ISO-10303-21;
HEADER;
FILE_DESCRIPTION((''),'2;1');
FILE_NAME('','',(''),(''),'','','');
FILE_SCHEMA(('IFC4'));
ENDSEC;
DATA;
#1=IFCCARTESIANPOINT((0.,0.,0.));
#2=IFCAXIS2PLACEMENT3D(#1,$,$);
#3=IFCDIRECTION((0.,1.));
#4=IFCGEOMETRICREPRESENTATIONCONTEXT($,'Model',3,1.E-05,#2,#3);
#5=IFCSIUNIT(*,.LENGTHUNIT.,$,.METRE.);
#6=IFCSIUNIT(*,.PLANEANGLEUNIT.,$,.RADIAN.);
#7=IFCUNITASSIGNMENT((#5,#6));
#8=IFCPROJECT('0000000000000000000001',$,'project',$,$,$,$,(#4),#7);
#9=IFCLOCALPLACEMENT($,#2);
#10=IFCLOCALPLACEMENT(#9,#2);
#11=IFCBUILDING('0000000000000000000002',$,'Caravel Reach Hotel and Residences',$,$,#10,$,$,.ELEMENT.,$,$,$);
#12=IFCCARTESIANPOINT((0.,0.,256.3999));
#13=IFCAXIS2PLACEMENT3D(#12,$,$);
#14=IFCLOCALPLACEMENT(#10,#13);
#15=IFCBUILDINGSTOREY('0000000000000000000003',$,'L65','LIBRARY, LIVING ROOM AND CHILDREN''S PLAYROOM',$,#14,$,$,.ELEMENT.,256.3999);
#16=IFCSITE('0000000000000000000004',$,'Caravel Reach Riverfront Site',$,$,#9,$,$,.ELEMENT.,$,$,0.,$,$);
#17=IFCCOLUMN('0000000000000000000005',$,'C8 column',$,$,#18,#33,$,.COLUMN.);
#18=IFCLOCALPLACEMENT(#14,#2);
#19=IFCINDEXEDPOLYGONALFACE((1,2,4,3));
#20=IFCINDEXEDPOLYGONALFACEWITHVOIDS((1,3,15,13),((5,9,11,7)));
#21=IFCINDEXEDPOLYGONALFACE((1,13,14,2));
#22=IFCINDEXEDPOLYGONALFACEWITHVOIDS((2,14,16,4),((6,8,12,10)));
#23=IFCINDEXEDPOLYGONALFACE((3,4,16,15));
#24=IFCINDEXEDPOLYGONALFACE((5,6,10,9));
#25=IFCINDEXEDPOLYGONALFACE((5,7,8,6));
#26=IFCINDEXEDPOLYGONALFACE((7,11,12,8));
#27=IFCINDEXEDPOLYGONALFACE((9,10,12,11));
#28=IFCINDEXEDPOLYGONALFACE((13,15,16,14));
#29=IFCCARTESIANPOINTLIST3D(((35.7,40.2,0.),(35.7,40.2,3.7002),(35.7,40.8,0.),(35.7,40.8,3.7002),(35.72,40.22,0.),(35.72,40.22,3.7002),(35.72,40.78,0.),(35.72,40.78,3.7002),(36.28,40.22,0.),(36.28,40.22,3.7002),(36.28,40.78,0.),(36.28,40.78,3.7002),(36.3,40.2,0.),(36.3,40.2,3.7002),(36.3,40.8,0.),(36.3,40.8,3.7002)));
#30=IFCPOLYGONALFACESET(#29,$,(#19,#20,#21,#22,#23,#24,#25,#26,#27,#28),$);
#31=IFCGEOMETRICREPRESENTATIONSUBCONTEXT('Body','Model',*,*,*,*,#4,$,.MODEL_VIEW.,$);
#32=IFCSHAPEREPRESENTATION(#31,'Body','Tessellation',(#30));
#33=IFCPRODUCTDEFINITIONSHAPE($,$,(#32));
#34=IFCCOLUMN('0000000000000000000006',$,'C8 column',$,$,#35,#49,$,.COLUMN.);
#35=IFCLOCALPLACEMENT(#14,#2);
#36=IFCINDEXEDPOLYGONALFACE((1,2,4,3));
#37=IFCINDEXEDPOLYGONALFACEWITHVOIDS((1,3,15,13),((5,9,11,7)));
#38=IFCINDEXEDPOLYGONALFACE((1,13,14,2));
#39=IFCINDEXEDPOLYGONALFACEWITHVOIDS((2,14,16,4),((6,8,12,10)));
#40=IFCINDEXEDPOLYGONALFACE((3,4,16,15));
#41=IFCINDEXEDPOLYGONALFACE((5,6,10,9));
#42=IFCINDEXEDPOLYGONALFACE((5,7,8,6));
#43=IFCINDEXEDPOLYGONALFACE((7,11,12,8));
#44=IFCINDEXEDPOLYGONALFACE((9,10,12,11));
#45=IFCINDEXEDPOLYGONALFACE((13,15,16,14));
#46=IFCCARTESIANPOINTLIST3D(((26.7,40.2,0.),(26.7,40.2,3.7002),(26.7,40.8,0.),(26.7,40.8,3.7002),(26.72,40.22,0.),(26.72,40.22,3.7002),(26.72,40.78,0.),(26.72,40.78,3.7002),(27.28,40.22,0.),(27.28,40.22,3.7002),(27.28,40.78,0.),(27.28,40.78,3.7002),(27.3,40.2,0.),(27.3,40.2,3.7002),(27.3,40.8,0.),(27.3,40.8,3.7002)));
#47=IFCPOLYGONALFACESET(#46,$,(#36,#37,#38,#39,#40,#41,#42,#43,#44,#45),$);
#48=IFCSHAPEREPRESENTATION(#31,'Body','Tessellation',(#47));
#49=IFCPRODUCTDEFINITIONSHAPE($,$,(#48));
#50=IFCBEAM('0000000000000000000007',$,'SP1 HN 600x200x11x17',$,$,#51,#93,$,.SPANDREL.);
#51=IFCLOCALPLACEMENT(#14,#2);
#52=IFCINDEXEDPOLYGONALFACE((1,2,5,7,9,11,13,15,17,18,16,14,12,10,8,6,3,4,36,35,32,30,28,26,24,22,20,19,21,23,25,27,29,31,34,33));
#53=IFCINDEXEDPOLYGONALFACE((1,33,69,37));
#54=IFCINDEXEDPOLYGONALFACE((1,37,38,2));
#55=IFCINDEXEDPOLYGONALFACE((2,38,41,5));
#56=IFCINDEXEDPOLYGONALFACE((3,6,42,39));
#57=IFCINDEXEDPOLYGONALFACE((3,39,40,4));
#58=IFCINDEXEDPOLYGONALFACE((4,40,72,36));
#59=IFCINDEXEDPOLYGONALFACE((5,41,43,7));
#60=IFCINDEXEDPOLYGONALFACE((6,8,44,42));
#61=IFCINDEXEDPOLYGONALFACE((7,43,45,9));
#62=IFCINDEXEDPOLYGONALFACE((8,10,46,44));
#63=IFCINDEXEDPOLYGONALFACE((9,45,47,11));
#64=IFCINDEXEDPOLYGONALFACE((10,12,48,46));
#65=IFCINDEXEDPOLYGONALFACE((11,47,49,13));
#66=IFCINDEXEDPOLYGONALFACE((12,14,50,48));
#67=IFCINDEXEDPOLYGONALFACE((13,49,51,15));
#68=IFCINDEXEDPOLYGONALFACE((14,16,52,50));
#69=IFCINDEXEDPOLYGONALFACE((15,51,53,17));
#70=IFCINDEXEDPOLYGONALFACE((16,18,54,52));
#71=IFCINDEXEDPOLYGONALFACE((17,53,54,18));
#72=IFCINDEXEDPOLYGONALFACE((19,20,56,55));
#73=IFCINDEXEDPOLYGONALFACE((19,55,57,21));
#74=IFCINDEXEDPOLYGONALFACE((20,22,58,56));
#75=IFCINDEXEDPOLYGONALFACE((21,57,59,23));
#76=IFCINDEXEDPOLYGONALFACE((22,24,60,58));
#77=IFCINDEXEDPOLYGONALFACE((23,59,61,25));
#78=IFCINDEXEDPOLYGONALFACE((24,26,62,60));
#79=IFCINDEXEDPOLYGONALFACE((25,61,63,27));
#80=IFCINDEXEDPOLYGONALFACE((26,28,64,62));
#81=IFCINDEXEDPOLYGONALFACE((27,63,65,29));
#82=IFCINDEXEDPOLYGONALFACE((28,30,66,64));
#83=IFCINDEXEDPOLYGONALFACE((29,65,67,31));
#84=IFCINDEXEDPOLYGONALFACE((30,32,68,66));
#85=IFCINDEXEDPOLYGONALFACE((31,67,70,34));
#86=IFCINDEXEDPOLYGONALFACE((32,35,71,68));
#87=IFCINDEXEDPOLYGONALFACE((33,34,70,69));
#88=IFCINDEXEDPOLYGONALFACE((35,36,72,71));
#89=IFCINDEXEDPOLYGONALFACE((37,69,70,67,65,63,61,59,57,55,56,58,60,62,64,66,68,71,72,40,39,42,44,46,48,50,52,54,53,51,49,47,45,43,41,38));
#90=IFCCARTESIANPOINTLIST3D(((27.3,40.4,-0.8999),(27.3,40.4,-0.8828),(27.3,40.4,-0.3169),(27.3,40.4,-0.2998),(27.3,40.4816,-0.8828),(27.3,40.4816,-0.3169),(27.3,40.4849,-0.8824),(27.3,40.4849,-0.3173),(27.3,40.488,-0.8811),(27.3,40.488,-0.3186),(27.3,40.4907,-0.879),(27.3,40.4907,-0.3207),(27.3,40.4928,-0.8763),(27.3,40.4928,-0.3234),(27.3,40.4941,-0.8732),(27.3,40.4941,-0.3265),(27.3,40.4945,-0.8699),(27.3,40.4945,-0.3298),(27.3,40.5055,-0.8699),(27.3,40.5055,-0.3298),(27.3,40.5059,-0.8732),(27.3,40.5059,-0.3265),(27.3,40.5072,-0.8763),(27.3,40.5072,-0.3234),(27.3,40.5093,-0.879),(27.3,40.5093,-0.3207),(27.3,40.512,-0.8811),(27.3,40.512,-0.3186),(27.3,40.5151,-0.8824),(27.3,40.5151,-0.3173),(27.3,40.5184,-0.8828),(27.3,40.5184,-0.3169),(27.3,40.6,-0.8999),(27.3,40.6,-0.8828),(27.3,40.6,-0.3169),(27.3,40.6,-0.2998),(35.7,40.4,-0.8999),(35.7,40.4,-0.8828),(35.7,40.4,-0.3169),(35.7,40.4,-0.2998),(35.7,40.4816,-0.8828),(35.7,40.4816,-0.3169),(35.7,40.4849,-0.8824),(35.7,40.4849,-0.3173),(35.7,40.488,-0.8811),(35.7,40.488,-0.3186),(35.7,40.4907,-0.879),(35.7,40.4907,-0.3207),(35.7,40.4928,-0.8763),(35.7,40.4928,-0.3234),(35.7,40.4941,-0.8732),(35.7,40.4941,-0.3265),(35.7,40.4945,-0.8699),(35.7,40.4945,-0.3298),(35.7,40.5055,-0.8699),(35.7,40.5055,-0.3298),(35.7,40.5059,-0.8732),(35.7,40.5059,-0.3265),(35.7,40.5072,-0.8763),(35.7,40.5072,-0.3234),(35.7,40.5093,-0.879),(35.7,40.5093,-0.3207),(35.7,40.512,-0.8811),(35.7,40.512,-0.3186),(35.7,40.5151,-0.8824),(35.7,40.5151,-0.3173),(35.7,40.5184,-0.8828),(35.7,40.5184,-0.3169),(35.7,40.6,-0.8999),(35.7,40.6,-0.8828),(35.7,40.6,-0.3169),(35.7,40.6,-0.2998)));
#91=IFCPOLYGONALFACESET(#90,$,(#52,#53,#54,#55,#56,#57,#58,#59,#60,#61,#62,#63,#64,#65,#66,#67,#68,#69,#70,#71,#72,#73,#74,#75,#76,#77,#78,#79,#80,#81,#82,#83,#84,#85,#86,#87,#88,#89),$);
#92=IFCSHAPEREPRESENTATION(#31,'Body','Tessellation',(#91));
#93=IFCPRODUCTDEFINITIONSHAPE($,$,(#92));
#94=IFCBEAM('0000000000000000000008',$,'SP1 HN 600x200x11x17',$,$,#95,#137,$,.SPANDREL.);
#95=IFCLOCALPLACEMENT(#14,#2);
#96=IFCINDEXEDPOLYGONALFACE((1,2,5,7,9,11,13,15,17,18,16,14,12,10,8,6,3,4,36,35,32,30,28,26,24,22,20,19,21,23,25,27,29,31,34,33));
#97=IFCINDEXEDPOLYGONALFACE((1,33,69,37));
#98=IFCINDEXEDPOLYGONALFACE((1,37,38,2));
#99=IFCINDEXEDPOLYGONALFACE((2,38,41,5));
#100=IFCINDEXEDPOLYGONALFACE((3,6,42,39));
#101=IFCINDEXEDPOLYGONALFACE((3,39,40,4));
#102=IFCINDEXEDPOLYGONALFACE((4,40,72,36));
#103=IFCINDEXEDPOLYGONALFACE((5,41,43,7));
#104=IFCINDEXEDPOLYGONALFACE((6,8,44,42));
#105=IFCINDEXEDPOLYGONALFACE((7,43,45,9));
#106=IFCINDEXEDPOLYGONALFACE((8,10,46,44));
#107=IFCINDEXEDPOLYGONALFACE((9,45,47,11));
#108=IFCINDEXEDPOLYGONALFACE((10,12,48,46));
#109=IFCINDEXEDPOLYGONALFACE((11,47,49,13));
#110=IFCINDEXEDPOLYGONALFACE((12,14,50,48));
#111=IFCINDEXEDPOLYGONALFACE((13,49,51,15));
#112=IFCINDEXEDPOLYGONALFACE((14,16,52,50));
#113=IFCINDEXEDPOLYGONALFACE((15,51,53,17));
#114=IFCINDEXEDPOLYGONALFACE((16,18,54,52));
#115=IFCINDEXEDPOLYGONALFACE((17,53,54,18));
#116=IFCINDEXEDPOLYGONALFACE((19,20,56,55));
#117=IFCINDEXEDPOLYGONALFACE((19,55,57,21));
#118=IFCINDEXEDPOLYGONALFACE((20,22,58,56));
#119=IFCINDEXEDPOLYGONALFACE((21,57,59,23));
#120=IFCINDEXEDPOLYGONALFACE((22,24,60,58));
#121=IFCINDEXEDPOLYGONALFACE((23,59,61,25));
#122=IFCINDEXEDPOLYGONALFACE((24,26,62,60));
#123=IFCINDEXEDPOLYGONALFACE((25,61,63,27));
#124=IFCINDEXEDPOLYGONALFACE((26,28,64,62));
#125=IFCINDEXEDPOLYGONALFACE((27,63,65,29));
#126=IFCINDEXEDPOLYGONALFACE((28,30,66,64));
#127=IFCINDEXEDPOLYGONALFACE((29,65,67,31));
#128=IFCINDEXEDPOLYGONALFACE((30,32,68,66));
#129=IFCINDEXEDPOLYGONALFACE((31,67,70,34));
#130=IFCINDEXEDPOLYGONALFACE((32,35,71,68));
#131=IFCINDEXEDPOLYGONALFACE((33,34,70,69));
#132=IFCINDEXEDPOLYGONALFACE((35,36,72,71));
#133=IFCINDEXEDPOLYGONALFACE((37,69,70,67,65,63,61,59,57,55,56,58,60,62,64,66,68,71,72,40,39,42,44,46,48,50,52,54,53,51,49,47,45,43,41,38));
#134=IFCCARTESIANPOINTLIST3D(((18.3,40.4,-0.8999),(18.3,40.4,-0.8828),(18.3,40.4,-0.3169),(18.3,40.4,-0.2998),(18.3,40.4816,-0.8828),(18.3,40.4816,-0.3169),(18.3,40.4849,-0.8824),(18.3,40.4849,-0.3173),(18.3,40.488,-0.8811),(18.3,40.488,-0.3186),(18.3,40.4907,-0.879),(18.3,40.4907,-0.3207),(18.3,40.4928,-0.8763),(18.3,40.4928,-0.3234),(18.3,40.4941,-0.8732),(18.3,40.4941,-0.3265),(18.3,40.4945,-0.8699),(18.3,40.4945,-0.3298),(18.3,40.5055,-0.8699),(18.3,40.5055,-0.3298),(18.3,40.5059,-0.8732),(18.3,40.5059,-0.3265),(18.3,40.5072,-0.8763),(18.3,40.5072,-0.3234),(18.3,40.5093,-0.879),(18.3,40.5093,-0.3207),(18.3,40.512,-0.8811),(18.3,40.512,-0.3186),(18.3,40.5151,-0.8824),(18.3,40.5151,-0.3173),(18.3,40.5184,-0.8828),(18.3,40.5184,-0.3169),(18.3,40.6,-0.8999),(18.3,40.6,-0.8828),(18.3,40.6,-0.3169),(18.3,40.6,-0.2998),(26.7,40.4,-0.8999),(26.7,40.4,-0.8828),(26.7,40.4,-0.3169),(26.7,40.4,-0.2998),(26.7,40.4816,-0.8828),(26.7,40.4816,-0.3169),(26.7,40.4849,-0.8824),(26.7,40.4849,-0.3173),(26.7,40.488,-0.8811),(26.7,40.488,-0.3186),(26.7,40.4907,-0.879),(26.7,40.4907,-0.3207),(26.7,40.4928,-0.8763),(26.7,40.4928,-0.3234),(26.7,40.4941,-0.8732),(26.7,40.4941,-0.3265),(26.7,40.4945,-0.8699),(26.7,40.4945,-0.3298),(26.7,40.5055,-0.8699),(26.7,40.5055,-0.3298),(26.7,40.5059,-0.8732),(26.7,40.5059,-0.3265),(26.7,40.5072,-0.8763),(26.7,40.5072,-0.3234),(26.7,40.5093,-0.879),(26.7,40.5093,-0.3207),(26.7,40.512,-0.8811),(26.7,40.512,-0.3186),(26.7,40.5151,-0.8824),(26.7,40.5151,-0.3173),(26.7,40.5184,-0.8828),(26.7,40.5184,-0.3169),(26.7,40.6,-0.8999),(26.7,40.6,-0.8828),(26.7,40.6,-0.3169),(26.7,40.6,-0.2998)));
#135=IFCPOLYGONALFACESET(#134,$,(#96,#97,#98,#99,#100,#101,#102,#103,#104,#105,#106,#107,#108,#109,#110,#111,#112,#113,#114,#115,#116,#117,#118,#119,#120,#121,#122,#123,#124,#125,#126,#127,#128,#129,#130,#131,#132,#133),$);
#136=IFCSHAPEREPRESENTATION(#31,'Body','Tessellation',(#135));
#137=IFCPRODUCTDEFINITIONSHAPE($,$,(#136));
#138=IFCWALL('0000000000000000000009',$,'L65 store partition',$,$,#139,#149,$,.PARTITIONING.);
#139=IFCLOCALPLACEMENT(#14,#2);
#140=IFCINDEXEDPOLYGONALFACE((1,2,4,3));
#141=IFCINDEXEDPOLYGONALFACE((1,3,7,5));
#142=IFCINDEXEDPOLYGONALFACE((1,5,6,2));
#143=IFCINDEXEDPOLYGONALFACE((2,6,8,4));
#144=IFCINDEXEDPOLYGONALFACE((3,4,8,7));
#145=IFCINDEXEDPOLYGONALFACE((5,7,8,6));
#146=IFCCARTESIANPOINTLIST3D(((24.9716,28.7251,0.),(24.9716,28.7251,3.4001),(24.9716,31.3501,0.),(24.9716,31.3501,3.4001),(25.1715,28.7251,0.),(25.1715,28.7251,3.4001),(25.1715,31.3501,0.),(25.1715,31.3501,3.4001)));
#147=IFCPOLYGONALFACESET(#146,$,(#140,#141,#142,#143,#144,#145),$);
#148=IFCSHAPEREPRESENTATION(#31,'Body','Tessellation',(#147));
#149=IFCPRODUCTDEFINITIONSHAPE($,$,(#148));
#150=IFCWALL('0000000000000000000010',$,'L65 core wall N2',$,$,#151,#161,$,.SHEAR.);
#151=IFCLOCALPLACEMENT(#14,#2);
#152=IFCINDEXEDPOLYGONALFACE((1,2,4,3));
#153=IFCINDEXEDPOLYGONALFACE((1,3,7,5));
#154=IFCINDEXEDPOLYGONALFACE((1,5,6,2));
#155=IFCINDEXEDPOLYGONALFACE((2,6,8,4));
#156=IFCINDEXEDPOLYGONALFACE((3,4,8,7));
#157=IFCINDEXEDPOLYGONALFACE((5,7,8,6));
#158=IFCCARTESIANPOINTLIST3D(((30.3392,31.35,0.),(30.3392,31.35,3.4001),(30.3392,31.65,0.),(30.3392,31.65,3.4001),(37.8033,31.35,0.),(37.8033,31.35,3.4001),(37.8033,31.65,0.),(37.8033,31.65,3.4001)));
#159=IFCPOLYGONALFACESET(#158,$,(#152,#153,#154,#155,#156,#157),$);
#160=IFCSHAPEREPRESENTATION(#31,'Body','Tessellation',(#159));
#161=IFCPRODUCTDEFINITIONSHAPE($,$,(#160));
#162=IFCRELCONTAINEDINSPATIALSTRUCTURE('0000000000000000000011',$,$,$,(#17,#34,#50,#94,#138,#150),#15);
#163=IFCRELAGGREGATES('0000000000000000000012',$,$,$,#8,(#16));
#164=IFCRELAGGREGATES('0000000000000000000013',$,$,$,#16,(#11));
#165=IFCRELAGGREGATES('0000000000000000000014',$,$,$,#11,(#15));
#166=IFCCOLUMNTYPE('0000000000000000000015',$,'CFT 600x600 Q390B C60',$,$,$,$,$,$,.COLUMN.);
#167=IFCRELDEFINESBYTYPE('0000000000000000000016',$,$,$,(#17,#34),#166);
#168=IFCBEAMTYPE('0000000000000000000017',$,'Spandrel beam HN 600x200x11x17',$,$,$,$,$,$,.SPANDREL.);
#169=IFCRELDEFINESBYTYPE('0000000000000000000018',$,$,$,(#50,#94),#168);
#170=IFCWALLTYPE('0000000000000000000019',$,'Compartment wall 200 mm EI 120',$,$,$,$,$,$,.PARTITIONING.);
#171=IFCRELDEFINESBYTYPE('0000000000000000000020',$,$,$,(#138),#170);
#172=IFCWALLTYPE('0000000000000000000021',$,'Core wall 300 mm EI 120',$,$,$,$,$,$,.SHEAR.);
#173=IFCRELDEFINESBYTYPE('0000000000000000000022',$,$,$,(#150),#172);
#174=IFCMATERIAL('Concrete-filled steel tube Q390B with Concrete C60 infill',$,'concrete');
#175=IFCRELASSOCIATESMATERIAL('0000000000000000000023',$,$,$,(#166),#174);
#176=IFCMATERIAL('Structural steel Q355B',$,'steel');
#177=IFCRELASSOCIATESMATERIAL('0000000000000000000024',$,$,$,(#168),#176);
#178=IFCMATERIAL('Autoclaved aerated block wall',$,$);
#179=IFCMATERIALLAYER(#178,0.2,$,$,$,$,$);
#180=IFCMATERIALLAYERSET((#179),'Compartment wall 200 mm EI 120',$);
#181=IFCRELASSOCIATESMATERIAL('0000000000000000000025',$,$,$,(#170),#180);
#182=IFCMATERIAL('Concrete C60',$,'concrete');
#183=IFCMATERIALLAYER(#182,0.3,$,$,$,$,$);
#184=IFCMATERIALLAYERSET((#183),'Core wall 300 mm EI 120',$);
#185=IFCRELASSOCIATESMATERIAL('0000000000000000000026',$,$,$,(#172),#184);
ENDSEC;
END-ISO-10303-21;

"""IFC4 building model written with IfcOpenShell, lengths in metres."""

from ifc_helpers import new_model, si_unit, direction, frame, frame_2d, origin, origin_2d, place, context, subcontext, project, spatial, rectangle, hollow_rectangle, i_section, extrude, material, layer, layer_set, material_profile, profile_set, type_object, element, save


model = new_model("IFC4")

# Units and contexts
model_context = context("Model", 3, precision=1e-05, world=origin(), true_north=direction((0.0, 1.0)))
body_context = subcontext(model_context, "Body", "Model", "MODEL_VIEW")
ifc_project = project(units=[si_unit("LENGTHUNIT", "METRE"), si_unit("PLANEANGLEUNIT", "RADIAN")], contexts=[model_context])

# Site, building, storey
site_placement = place(None, origin())
site = spatial("IfcSite", under=ifc_project, at=site_placement, Name="Caravel Reach Riverfront Site", CompositionType="ELEMENT", RefElevation=0.0)
building_placement = place(site_placement, origin())
building = spatial("IfcBuilding", under=site, at=building_placement, Name="Caravel Reach Hotel and Residences", CompositionType="ELEMENT")
storey_placement = place(building_placement, frame((0.0, 0.0, 256.3999)))
storey = spatial("IfcBuildingStorey", under=building, at=storey_placement, Name="L65", Description="LIBRARY, LIVING ROOM AND CHILDREN'S PLAYROOM", CompositionType="ELEMENT", Elevation=256.3999)

# Columns
ifc_material_1 = material(Name="Concrete-filled steel tube Q390B with Concrete C60 infill", Category="concrete")
ifc_material_profile_1 = material_profile(ifc_material_1, hollow_rectangle(XDim=0.6001, YDim=0.6001, WallThickness=0.02, at=origin_2d()), Name="RHS 600x600x20")
ifc_profile_set_1 = profile_set([ifc_material_profile_1], Name="Concrete-filled steel tube Q390B with Concrete C60 infill")
column_type = type_object("IfcColumnType", Name="CFT 600x600 Q390B C60", PredefinedType="COLUMN", material=ifc_profile_set_1)
for number, where, z_axis, x_axis, name in (
    (1, (36.0, 40.5, 0.0), (0.0, 0.0, 1.0), (1.0, 0.0, 0.0), "C8 column"),
    (2, (27.0, 40.5, 0.0), (0.0, 0.0, 1.0), (1.0, 0.0, 0.0), "C8 column"),
):
    element("IfcColumn", number, at=place(storey_placement, frame(where, z_axis=z_axis, x_axis=x_axis)), inside=storey, type_object=column_type, Name=name, PredefinedType="COLUMN", context=body_context, shape_type="SweptSolid", body=[
        extrude(hollow_rectangle(XDim=0.6001, YDim=0.6001, WallThickness=0.02, at=origin_2d()), origin(), (0.0, 0.0, 1.0), 3.7002),
    ])

# Beams
ifc_material_2 = material(Name="Structural steel Q355B", Category="steel")
ifc_material_profile_2 = material_profile(ifc_material_2, i_section(OverallWidth=0.2, OverallDepth=0.6001, WebThickness=0.011, FlangeThickness=0.0171, FilletRadius=0.0129, at=origin_2d()), Name="HN 600x200x11x17")
ifc_profile_set_2 = profile_set([ifc_material_profile_2], Name="Structural steel Q355B")
beam_type = type_object("IfcBeamType", Name="Spandrel beam HN 600x200x11x17", PredefinedType="SPANDREL", material=ifc_profile_set_2)
for number, where, z_axis, x_axis, name in (
    (3, (35.7, 40.5, -0.5999), (-1.0, 0.0, 0.0), (0.0, -1.0, 0.0), "SP1 HN 600x200x11x17"),
    (4, (26.7, 40.5, -0.5999), (-1.0, 0.0, 0.0), (0.0, -1.0, 0.0), "SP1 HN 600x200x11x17"),
):
    element("IfcBeam", number, at=place(storey_placement, frame(where, z_axis=z_axis, x_axis=x_axis)), inside=storey, type_object=beam_type, Name=name, PredefinedType="SPANDREL", context=body_context, shape_type="SweptSolid", body=[
        extrude(i_section(OverallWidth=0.2, OverallDepth=0.6001, WebThickness=0.011, FlangeThickness=0.0171, FilletRadius=0.0129, at=origin_2d()), origin(), (0.0, 0.0, 1.0), 8.3999),
    ])

# Walls
ifc_material_3 = material(Name="Autoclaved aerated block wall")
ifc_layer_1 = layer(ifc_material_3, 0.2)
ifc_layer_set_1 = layer_set([ifc_layer_1], Name="Compartment wall 200 mm EI 120")
wall_type_1 = type_object("IfcWallType", Name="Compartment wall 200 mm EI 120", PredefinedType="PARTITIONING", material=ifc_layer_set_1)
wall_1_placement = place(storey_placement, frame((25.0715, 28.7251, 0.0), z_axis=(0.0, 0.0, 1.0), x_axis=(0.0, 1.0, 0.0)))
element("IfcWall", 5, at=wall_1_placement, inside=storey, type_object=wall_type_1, Name="L65 store partition", PredefinedType="PARTITIONING", context=body_context, shape_type="SweptSolid", body=[
    extrude(rectangle(XDim=2.625, YDim=0.2, at=frame_2d((1.3125, 0.0))), origin(), (0.0, 0.0, 1.0), 3.4001),
])
ifc_material_4 = material(Name="Concrete C60", Category="concrete")
ifc_layer_2 = layer(ifc_material_4, 0.3)
ifc_layer_set_2 = layer_set([ifc_layer_2], Name="Core wall 300 mm EI 120")
wall_type_2 = type_object("IfcWallType", Name="Core wall 300 mm EI 120", PredefinedType="SHEAR", material=ifc_layer_set_2)
wall_2_placement = place(storey_placement, frame((30.3394, 31.5, 0.0), z_axis=(0.0, 0.0, 1.0), x_axis=(1.0, 0.0, 0.0)))
element("IfcWall", 6, at=wall_2_placement, inside=storey, type_object=wall_type_2, Name="L65 core wall N2", PredefinedType="SHEAR", context=body_context, shape_type="SweptSolid", body=[
    extrude(rectangle(XDim=7.4641, YDim=0.3, at=frame_2d((3.7319, 0.0))), origin(), (0.0, 0.0, 1.0), 3.4001),
])

save(model, "model.ifc")
